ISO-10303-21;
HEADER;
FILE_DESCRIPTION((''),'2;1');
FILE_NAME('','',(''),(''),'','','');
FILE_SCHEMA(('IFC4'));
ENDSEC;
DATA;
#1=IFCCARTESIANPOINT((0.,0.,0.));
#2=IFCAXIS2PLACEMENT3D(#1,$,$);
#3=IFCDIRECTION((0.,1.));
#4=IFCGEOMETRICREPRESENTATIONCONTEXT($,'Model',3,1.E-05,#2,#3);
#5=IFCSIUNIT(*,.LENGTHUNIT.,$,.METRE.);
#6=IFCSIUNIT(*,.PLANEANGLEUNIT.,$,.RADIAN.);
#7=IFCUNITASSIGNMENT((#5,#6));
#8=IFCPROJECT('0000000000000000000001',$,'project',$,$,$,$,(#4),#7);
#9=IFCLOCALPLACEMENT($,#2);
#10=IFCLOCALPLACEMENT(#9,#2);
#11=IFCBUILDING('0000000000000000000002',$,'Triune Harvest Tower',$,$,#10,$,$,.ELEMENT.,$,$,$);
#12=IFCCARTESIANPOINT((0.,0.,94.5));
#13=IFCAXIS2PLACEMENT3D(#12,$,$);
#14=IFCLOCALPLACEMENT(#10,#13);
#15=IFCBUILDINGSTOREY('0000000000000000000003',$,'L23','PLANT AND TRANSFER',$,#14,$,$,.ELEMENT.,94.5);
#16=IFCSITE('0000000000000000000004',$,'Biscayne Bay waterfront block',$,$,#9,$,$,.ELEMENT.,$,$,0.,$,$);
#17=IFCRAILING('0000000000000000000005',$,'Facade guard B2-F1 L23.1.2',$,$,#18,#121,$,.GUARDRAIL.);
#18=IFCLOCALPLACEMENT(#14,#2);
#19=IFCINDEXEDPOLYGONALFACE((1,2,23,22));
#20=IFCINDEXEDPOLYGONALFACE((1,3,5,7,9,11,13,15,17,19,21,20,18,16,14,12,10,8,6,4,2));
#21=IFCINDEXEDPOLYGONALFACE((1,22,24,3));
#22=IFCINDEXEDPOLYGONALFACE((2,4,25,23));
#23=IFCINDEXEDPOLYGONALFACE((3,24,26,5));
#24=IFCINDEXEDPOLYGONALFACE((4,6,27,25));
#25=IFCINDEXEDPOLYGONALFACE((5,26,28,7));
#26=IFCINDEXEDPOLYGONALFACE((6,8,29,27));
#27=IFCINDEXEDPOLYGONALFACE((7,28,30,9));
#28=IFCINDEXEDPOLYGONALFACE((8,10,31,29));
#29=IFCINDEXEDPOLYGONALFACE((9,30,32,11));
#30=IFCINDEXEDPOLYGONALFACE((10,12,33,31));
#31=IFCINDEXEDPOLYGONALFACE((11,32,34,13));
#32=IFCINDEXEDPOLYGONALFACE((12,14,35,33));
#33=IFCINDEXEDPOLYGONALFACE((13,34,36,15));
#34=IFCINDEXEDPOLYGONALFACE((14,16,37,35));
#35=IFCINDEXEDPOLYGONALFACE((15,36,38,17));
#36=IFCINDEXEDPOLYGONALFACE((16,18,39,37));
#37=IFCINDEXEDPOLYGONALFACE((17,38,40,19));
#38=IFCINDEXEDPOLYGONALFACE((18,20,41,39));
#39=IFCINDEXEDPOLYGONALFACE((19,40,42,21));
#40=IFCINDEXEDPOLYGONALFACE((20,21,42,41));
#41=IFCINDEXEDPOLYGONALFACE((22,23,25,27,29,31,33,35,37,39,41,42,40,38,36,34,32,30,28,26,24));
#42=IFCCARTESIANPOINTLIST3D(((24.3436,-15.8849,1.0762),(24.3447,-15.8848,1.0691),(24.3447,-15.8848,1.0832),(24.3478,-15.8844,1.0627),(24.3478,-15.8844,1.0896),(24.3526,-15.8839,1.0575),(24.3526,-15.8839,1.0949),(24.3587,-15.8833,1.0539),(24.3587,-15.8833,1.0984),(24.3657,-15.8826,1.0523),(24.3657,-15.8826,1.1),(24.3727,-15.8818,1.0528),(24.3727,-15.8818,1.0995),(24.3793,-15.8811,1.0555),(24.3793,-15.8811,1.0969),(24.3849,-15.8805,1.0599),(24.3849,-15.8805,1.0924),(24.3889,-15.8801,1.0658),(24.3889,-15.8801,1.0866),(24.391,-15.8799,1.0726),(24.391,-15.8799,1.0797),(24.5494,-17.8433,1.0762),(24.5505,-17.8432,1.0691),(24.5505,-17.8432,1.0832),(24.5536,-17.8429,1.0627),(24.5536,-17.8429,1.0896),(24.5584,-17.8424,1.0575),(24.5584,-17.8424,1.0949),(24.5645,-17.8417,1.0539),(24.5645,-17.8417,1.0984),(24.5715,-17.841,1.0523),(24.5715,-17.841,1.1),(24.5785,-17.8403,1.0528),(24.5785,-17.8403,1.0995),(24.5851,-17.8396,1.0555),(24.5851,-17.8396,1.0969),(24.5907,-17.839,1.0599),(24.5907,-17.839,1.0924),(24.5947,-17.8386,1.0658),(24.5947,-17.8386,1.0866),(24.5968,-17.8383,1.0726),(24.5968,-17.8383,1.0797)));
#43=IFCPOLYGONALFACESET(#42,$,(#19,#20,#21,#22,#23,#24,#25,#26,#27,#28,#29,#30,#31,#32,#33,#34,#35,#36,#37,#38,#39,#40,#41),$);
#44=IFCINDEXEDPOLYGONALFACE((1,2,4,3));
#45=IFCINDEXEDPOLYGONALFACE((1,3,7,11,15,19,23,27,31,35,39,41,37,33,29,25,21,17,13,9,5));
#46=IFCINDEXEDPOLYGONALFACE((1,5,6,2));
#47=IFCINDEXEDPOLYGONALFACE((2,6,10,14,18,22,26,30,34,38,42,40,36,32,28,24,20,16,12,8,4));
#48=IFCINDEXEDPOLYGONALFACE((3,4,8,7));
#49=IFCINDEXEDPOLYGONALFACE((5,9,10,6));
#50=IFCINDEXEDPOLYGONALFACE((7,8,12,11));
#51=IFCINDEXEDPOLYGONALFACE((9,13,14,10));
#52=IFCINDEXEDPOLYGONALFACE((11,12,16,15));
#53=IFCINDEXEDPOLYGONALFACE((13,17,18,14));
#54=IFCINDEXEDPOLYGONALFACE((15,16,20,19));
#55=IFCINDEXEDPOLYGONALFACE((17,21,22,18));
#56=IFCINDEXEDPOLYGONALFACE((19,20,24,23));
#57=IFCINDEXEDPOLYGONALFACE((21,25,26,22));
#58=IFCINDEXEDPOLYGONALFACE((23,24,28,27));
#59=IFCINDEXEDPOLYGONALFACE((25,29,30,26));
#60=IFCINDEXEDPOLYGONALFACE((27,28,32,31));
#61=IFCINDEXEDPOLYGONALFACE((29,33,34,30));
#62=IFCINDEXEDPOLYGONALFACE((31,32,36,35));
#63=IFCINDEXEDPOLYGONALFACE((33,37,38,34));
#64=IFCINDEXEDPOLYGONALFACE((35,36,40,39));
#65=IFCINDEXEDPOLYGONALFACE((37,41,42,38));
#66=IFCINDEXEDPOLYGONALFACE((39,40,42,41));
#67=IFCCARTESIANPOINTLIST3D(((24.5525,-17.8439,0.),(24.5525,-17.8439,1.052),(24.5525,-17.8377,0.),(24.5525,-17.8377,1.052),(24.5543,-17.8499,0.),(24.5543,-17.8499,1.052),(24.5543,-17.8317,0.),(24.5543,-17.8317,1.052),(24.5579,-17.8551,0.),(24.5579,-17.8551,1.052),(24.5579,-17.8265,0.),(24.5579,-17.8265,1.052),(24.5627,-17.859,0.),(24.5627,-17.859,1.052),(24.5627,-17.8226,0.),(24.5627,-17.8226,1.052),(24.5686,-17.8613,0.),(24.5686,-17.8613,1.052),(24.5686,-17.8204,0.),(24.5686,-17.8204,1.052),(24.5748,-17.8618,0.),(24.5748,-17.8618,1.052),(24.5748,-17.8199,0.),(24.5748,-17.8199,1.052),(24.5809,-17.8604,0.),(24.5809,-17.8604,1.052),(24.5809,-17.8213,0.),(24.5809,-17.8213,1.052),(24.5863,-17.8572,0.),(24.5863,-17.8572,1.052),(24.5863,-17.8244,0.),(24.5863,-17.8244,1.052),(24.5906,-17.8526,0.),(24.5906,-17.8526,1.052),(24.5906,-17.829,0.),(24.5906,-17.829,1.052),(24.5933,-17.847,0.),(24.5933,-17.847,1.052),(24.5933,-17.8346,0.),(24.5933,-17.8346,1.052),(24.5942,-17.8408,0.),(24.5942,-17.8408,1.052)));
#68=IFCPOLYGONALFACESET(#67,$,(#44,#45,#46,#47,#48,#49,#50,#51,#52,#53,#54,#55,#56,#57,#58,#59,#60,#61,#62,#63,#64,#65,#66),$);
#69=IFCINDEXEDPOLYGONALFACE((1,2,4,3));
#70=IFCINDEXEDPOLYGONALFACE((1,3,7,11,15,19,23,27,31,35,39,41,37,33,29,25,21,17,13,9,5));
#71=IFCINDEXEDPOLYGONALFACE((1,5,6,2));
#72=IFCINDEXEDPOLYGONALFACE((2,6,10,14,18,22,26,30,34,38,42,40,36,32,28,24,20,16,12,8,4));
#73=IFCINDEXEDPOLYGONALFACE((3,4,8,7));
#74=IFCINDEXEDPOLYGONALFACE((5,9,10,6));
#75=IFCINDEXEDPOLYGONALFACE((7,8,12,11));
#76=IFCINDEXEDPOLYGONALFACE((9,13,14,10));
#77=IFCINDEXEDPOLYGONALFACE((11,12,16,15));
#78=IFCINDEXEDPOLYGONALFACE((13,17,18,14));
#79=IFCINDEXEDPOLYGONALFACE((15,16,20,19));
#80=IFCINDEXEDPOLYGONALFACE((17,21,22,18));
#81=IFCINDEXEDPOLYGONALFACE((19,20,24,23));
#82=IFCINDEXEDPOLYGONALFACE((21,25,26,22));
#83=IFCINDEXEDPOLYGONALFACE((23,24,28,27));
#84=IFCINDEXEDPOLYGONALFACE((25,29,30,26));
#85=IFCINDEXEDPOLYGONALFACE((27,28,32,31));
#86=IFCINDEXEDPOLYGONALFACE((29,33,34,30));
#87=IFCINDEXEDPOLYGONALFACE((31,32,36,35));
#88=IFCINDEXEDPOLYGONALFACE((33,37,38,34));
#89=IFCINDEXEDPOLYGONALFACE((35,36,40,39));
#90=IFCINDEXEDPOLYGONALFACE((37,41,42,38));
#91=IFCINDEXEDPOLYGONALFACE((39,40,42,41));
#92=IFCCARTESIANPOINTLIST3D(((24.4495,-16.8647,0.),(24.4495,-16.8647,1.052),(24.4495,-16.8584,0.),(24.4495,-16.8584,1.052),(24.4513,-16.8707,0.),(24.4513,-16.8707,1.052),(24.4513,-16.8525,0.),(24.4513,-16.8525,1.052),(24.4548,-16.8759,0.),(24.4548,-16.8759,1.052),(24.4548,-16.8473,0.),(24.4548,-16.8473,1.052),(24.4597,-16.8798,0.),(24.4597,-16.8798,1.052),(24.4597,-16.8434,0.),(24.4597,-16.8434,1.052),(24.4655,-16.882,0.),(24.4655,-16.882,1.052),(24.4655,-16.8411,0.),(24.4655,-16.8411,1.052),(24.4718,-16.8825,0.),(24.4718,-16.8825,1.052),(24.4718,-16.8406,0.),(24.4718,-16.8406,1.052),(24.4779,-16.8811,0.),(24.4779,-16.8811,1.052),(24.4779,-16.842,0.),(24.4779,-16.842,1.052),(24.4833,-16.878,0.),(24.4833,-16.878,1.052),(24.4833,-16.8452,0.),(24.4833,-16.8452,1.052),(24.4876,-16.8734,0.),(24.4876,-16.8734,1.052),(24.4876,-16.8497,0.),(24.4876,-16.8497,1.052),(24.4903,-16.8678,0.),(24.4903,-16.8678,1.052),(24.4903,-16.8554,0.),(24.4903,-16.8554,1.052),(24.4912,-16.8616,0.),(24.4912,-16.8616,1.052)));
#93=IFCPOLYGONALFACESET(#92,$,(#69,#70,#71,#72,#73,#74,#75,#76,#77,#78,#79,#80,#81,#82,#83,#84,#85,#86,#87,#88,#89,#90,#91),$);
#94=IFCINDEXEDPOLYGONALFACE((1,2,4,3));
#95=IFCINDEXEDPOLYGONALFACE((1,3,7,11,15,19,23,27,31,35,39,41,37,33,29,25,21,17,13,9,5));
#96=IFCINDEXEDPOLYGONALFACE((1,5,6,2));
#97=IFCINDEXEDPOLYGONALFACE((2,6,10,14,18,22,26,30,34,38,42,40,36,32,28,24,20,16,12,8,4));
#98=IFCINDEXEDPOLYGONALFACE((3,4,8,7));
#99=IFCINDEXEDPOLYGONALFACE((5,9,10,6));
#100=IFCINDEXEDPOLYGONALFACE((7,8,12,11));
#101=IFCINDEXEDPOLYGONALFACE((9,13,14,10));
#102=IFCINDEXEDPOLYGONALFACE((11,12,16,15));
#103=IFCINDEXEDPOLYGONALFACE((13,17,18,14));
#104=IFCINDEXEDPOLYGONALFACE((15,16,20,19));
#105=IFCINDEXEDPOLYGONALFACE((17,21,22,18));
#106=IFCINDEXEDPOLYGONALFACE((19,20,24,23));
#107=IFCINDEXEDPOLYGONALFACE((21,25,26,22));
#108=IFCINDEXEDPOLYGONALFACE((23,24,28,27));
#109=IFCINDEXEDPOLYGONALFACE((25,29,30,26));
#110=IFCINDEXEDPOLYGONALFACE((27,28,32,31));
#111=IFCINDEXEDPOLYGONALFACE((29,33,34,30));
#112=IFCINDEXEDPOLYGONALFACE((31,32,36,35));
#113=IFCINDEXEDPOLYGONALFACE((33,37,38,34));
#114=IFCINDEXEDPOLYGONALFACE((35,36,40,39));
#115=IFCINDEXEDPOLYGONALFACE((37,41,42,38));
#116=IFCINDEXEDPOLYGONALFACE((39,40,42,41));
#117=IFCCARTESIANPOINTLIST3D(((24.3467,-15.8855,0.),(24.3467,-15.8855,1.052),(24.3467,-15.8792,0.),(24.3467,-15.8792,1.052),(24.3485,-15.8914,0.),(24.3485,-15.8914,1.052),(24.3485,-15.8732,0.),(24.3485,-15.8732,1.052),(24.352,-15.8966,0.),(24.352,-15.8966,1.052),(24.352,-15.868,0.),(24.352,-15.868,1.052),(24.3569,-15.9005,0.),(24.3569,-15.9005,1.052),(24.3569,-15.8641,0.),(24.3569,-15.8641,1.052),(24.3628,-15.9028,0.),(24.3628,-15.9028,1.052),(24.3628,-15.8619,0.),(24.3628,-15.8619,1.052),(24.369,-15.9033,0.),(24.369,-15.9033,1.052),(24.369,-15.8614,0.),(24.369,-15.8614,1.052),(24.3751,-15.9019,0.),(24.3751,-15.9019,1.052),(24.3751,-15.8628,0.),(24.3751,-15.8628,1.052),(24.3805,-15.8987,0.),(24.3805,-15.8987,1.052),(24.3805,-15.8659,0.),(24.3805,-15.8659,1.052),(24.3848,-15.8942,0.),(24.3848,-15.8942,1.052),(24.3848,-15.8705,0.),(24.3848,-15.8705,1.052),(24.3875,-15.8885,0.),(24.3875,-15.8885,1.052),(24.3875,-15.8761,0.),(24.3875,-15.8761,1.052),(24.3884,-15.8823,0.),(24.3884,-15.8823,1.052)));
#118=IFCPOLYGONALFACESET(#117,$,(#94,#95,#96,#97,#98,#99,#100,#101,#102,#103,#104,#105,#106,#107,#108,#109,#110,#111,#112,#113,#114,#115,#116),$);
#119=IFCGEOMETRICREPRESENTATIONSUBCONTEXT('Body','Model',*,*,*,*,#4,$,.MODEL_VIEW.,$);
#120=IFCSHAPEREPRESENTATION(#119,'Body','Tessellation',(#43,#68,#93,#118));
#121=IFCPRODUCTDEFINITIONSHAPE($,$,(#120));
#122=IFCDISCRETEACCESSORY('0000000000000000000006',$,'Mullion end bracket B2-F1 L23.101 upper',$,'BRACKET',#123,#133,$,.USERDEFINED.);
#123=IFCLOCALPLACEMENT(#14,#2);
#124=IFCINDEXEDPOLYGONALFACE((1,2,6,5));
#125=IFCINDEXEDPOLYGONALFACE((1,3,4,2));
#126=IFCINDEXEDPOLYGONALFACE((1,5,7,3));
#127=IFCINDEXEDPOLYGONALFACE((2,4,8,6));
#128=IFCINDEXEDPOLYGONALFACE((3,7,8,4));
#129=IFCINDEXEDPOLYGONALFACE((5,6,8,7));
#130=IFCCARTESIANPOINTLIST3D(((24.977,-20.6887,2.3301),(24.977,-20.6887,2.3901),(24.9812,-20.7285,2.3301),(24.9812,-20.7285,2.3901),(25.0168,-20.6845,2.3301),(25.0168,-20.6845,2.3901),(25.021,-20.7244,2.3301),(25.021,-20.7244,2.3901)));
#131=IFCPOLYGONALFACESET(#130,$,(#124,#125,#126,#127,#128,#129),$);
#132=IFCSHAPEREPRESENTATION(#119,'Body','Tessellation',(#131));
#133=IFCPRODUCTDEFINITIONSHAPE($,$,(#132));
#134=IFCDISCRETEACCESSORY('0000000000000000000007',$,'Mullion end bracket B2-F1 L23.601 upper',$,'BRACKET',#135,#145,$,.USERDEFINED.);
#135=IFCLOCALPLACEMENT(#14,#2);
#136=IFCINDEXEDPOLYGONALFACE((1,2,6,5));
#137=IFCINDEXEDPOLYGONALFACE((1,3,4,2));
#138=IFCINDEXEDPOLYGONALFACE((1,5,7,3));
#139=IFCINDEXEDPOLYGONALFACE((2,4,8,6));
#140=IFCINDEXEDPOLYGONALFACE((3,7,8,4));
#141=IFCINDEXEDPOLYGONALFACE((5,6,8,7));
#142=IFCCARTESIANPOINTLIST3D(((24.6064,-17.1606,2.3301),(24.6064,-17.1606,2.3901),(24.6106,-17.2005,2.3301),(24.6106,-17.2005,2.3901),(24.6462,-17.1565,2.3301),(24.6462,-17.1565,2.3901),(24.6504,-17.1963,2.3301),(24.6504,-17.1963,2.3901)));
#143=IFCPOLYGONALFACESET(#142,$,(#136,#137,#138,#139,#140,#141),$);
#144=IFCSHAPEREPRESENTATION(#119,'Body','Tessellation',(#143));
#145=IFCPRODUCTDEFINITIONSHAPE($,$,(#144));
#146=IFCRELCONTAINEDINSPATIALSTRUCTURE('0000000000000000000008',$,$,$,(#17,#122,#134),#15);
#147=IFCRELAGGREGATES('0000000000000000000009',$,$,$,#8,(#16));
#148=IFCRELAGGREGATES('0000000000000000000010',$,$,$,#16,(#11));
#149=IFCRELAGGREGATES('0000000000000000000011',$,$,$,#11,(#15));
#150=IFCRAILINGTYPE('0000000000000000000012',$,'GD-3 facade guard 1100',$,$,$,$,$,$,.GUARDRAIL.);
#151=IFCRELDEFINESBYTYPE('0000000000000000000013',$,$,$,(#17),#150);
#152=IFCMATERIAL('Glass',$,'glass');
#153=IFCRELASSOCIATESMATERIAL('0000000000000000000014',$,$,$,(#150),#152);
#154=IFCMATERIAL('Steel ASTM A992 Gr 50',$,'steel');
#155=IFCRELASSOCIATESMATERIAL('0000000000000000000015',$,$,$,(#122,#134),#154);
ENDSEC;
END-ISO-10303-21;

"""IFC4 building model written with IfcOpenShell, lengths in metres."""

from ifc_helpers import new_model, si_unit, direction, frame, origin, origin_2d, place, context, subcontext, project, spatial, rectangle, circle, extrude, source, transform, mapped, material, type_object, element, save


model = new_model("IFC4")

# Units and contexts
model_context = context("Model", 3, precision=1e-05, world=origin(), true_north=direction((0.0, 1.0)))
body_context = subcontext(model_context, "Body", "Model", "MODEL_VIEW")
ifc_project = project(units=[si_unit("LENGTHUNIT", "METRE"), si_unit("PLANEANGLEUNIT", "RADIAN")], contexts=[model_context])

# Site, building, storey
site_placement = place(None, origin())
site = spatial("IfcSite", under=ifc_project, at=site_placement, Name="Biscayne Bay waterfront block", CompositionType="ELEMENT", RefElevation=0.0)
building_placement = place(site_placement, origin())
building = spatial("IfcBuilding", under=site, at=building_placement, Name="Triune Harvest Tower", CompositionType="ELEMENT")
storey_placement = place(building_placement, frame((0.0, 0.0, 94.5)))
storey = spatial("IfcBuildingStorey", under=building, at=storey_placement, Name="L23", Description="PLANT AND TRANSFER", CompositionType="ELEMENT", Elevation=94.5)

# Railing
ifc_material_1 = material(Name="Glass", Category="glass")
railing_type = type_object("IfcRailingType", Name="GD-3 facade guard 1100", PredefinedType="GUARDRAIL", material=ifc_material_1)
railing_1_placement = place(storey_placement, frame((24.5732, -17.8408, 0.0)))
element("IfcRailing", 1, at=railing_1_placement, inside=storey, type_object=railing_type, Name="Facade guard B2-F1 L23.1.2", PredefinedType="GUARDRAIL", context=body_context, shape_type="SweptSolid", body=[
    extrude(circle(Radius=0.0239, at=origin_2d()), frame((0.0, 0.0, 1.0762), z_axis=(-0.104511, 0.994524, 0.0), x_axis=(-0.994524, -0.104511, 0.0)), (0.0, 0.0, 1.0), 1.9692),
    extrude(circle(Radius=0.021, at=origin_2d()), origin(), (0.0, 0.0, 1.0), 1.052),
    extrude(circle(Radius=0.021, at=origin_2d()), frame((-0.103, 0.9792, 0.0)), (0.0, 0.0, 1.0), 1.052),
    extrude(circle(Radius=0.021, at=origin_2d()), frame((-0.2058, 1.9585, 0.0)), (0.0, 0.0, 1.0), 1.052),
])

# Discrete accessories
ifc_material_2 = material(Name="Steel ASTM A992 Gr 50", Category="steel")
shared_shape_1 = source(origin(), body_context, "Body", "SweptSolid", [
    extrude(rectangle(XDim=0.04, YDim=0.04, at=origin_2d()), origin(), (0.0, 0.0, 1.0), 0.0601),
])
for number, where, z_axis, x_axis, name in (
    (2, (24.999, -20.7065, 2.3301), (0.0, 0.0, 1.0), (-0.104509, 0.994524, 0.0), "Mullion end bracket B2-F1 L23.101 upper"),
    (3, (24.6284, -17.1785, 2.3301), (0.0, 0.0, 1.0), (-0.104534, 0.994521, 0.0), "Mullion end bracket B2-F1 L23.601 upper"),
):
    element("IfcDiscreteAccessory", number, at=place(storey_placement, frame(where, z_axis=z_axis, x_axis=x_axis)), inside=storey, material=ifc_material_2, Name=name, ObjectType="BRACKET", PredefinedType="USERDEFINED", context=body_context, shape_type="MappedRepresentation", body=[
        mapped(shared_shape_1, transform((0.0, 0.0, 0.0), scale=1.0)),
    ])

save(model, "model.ifc")
